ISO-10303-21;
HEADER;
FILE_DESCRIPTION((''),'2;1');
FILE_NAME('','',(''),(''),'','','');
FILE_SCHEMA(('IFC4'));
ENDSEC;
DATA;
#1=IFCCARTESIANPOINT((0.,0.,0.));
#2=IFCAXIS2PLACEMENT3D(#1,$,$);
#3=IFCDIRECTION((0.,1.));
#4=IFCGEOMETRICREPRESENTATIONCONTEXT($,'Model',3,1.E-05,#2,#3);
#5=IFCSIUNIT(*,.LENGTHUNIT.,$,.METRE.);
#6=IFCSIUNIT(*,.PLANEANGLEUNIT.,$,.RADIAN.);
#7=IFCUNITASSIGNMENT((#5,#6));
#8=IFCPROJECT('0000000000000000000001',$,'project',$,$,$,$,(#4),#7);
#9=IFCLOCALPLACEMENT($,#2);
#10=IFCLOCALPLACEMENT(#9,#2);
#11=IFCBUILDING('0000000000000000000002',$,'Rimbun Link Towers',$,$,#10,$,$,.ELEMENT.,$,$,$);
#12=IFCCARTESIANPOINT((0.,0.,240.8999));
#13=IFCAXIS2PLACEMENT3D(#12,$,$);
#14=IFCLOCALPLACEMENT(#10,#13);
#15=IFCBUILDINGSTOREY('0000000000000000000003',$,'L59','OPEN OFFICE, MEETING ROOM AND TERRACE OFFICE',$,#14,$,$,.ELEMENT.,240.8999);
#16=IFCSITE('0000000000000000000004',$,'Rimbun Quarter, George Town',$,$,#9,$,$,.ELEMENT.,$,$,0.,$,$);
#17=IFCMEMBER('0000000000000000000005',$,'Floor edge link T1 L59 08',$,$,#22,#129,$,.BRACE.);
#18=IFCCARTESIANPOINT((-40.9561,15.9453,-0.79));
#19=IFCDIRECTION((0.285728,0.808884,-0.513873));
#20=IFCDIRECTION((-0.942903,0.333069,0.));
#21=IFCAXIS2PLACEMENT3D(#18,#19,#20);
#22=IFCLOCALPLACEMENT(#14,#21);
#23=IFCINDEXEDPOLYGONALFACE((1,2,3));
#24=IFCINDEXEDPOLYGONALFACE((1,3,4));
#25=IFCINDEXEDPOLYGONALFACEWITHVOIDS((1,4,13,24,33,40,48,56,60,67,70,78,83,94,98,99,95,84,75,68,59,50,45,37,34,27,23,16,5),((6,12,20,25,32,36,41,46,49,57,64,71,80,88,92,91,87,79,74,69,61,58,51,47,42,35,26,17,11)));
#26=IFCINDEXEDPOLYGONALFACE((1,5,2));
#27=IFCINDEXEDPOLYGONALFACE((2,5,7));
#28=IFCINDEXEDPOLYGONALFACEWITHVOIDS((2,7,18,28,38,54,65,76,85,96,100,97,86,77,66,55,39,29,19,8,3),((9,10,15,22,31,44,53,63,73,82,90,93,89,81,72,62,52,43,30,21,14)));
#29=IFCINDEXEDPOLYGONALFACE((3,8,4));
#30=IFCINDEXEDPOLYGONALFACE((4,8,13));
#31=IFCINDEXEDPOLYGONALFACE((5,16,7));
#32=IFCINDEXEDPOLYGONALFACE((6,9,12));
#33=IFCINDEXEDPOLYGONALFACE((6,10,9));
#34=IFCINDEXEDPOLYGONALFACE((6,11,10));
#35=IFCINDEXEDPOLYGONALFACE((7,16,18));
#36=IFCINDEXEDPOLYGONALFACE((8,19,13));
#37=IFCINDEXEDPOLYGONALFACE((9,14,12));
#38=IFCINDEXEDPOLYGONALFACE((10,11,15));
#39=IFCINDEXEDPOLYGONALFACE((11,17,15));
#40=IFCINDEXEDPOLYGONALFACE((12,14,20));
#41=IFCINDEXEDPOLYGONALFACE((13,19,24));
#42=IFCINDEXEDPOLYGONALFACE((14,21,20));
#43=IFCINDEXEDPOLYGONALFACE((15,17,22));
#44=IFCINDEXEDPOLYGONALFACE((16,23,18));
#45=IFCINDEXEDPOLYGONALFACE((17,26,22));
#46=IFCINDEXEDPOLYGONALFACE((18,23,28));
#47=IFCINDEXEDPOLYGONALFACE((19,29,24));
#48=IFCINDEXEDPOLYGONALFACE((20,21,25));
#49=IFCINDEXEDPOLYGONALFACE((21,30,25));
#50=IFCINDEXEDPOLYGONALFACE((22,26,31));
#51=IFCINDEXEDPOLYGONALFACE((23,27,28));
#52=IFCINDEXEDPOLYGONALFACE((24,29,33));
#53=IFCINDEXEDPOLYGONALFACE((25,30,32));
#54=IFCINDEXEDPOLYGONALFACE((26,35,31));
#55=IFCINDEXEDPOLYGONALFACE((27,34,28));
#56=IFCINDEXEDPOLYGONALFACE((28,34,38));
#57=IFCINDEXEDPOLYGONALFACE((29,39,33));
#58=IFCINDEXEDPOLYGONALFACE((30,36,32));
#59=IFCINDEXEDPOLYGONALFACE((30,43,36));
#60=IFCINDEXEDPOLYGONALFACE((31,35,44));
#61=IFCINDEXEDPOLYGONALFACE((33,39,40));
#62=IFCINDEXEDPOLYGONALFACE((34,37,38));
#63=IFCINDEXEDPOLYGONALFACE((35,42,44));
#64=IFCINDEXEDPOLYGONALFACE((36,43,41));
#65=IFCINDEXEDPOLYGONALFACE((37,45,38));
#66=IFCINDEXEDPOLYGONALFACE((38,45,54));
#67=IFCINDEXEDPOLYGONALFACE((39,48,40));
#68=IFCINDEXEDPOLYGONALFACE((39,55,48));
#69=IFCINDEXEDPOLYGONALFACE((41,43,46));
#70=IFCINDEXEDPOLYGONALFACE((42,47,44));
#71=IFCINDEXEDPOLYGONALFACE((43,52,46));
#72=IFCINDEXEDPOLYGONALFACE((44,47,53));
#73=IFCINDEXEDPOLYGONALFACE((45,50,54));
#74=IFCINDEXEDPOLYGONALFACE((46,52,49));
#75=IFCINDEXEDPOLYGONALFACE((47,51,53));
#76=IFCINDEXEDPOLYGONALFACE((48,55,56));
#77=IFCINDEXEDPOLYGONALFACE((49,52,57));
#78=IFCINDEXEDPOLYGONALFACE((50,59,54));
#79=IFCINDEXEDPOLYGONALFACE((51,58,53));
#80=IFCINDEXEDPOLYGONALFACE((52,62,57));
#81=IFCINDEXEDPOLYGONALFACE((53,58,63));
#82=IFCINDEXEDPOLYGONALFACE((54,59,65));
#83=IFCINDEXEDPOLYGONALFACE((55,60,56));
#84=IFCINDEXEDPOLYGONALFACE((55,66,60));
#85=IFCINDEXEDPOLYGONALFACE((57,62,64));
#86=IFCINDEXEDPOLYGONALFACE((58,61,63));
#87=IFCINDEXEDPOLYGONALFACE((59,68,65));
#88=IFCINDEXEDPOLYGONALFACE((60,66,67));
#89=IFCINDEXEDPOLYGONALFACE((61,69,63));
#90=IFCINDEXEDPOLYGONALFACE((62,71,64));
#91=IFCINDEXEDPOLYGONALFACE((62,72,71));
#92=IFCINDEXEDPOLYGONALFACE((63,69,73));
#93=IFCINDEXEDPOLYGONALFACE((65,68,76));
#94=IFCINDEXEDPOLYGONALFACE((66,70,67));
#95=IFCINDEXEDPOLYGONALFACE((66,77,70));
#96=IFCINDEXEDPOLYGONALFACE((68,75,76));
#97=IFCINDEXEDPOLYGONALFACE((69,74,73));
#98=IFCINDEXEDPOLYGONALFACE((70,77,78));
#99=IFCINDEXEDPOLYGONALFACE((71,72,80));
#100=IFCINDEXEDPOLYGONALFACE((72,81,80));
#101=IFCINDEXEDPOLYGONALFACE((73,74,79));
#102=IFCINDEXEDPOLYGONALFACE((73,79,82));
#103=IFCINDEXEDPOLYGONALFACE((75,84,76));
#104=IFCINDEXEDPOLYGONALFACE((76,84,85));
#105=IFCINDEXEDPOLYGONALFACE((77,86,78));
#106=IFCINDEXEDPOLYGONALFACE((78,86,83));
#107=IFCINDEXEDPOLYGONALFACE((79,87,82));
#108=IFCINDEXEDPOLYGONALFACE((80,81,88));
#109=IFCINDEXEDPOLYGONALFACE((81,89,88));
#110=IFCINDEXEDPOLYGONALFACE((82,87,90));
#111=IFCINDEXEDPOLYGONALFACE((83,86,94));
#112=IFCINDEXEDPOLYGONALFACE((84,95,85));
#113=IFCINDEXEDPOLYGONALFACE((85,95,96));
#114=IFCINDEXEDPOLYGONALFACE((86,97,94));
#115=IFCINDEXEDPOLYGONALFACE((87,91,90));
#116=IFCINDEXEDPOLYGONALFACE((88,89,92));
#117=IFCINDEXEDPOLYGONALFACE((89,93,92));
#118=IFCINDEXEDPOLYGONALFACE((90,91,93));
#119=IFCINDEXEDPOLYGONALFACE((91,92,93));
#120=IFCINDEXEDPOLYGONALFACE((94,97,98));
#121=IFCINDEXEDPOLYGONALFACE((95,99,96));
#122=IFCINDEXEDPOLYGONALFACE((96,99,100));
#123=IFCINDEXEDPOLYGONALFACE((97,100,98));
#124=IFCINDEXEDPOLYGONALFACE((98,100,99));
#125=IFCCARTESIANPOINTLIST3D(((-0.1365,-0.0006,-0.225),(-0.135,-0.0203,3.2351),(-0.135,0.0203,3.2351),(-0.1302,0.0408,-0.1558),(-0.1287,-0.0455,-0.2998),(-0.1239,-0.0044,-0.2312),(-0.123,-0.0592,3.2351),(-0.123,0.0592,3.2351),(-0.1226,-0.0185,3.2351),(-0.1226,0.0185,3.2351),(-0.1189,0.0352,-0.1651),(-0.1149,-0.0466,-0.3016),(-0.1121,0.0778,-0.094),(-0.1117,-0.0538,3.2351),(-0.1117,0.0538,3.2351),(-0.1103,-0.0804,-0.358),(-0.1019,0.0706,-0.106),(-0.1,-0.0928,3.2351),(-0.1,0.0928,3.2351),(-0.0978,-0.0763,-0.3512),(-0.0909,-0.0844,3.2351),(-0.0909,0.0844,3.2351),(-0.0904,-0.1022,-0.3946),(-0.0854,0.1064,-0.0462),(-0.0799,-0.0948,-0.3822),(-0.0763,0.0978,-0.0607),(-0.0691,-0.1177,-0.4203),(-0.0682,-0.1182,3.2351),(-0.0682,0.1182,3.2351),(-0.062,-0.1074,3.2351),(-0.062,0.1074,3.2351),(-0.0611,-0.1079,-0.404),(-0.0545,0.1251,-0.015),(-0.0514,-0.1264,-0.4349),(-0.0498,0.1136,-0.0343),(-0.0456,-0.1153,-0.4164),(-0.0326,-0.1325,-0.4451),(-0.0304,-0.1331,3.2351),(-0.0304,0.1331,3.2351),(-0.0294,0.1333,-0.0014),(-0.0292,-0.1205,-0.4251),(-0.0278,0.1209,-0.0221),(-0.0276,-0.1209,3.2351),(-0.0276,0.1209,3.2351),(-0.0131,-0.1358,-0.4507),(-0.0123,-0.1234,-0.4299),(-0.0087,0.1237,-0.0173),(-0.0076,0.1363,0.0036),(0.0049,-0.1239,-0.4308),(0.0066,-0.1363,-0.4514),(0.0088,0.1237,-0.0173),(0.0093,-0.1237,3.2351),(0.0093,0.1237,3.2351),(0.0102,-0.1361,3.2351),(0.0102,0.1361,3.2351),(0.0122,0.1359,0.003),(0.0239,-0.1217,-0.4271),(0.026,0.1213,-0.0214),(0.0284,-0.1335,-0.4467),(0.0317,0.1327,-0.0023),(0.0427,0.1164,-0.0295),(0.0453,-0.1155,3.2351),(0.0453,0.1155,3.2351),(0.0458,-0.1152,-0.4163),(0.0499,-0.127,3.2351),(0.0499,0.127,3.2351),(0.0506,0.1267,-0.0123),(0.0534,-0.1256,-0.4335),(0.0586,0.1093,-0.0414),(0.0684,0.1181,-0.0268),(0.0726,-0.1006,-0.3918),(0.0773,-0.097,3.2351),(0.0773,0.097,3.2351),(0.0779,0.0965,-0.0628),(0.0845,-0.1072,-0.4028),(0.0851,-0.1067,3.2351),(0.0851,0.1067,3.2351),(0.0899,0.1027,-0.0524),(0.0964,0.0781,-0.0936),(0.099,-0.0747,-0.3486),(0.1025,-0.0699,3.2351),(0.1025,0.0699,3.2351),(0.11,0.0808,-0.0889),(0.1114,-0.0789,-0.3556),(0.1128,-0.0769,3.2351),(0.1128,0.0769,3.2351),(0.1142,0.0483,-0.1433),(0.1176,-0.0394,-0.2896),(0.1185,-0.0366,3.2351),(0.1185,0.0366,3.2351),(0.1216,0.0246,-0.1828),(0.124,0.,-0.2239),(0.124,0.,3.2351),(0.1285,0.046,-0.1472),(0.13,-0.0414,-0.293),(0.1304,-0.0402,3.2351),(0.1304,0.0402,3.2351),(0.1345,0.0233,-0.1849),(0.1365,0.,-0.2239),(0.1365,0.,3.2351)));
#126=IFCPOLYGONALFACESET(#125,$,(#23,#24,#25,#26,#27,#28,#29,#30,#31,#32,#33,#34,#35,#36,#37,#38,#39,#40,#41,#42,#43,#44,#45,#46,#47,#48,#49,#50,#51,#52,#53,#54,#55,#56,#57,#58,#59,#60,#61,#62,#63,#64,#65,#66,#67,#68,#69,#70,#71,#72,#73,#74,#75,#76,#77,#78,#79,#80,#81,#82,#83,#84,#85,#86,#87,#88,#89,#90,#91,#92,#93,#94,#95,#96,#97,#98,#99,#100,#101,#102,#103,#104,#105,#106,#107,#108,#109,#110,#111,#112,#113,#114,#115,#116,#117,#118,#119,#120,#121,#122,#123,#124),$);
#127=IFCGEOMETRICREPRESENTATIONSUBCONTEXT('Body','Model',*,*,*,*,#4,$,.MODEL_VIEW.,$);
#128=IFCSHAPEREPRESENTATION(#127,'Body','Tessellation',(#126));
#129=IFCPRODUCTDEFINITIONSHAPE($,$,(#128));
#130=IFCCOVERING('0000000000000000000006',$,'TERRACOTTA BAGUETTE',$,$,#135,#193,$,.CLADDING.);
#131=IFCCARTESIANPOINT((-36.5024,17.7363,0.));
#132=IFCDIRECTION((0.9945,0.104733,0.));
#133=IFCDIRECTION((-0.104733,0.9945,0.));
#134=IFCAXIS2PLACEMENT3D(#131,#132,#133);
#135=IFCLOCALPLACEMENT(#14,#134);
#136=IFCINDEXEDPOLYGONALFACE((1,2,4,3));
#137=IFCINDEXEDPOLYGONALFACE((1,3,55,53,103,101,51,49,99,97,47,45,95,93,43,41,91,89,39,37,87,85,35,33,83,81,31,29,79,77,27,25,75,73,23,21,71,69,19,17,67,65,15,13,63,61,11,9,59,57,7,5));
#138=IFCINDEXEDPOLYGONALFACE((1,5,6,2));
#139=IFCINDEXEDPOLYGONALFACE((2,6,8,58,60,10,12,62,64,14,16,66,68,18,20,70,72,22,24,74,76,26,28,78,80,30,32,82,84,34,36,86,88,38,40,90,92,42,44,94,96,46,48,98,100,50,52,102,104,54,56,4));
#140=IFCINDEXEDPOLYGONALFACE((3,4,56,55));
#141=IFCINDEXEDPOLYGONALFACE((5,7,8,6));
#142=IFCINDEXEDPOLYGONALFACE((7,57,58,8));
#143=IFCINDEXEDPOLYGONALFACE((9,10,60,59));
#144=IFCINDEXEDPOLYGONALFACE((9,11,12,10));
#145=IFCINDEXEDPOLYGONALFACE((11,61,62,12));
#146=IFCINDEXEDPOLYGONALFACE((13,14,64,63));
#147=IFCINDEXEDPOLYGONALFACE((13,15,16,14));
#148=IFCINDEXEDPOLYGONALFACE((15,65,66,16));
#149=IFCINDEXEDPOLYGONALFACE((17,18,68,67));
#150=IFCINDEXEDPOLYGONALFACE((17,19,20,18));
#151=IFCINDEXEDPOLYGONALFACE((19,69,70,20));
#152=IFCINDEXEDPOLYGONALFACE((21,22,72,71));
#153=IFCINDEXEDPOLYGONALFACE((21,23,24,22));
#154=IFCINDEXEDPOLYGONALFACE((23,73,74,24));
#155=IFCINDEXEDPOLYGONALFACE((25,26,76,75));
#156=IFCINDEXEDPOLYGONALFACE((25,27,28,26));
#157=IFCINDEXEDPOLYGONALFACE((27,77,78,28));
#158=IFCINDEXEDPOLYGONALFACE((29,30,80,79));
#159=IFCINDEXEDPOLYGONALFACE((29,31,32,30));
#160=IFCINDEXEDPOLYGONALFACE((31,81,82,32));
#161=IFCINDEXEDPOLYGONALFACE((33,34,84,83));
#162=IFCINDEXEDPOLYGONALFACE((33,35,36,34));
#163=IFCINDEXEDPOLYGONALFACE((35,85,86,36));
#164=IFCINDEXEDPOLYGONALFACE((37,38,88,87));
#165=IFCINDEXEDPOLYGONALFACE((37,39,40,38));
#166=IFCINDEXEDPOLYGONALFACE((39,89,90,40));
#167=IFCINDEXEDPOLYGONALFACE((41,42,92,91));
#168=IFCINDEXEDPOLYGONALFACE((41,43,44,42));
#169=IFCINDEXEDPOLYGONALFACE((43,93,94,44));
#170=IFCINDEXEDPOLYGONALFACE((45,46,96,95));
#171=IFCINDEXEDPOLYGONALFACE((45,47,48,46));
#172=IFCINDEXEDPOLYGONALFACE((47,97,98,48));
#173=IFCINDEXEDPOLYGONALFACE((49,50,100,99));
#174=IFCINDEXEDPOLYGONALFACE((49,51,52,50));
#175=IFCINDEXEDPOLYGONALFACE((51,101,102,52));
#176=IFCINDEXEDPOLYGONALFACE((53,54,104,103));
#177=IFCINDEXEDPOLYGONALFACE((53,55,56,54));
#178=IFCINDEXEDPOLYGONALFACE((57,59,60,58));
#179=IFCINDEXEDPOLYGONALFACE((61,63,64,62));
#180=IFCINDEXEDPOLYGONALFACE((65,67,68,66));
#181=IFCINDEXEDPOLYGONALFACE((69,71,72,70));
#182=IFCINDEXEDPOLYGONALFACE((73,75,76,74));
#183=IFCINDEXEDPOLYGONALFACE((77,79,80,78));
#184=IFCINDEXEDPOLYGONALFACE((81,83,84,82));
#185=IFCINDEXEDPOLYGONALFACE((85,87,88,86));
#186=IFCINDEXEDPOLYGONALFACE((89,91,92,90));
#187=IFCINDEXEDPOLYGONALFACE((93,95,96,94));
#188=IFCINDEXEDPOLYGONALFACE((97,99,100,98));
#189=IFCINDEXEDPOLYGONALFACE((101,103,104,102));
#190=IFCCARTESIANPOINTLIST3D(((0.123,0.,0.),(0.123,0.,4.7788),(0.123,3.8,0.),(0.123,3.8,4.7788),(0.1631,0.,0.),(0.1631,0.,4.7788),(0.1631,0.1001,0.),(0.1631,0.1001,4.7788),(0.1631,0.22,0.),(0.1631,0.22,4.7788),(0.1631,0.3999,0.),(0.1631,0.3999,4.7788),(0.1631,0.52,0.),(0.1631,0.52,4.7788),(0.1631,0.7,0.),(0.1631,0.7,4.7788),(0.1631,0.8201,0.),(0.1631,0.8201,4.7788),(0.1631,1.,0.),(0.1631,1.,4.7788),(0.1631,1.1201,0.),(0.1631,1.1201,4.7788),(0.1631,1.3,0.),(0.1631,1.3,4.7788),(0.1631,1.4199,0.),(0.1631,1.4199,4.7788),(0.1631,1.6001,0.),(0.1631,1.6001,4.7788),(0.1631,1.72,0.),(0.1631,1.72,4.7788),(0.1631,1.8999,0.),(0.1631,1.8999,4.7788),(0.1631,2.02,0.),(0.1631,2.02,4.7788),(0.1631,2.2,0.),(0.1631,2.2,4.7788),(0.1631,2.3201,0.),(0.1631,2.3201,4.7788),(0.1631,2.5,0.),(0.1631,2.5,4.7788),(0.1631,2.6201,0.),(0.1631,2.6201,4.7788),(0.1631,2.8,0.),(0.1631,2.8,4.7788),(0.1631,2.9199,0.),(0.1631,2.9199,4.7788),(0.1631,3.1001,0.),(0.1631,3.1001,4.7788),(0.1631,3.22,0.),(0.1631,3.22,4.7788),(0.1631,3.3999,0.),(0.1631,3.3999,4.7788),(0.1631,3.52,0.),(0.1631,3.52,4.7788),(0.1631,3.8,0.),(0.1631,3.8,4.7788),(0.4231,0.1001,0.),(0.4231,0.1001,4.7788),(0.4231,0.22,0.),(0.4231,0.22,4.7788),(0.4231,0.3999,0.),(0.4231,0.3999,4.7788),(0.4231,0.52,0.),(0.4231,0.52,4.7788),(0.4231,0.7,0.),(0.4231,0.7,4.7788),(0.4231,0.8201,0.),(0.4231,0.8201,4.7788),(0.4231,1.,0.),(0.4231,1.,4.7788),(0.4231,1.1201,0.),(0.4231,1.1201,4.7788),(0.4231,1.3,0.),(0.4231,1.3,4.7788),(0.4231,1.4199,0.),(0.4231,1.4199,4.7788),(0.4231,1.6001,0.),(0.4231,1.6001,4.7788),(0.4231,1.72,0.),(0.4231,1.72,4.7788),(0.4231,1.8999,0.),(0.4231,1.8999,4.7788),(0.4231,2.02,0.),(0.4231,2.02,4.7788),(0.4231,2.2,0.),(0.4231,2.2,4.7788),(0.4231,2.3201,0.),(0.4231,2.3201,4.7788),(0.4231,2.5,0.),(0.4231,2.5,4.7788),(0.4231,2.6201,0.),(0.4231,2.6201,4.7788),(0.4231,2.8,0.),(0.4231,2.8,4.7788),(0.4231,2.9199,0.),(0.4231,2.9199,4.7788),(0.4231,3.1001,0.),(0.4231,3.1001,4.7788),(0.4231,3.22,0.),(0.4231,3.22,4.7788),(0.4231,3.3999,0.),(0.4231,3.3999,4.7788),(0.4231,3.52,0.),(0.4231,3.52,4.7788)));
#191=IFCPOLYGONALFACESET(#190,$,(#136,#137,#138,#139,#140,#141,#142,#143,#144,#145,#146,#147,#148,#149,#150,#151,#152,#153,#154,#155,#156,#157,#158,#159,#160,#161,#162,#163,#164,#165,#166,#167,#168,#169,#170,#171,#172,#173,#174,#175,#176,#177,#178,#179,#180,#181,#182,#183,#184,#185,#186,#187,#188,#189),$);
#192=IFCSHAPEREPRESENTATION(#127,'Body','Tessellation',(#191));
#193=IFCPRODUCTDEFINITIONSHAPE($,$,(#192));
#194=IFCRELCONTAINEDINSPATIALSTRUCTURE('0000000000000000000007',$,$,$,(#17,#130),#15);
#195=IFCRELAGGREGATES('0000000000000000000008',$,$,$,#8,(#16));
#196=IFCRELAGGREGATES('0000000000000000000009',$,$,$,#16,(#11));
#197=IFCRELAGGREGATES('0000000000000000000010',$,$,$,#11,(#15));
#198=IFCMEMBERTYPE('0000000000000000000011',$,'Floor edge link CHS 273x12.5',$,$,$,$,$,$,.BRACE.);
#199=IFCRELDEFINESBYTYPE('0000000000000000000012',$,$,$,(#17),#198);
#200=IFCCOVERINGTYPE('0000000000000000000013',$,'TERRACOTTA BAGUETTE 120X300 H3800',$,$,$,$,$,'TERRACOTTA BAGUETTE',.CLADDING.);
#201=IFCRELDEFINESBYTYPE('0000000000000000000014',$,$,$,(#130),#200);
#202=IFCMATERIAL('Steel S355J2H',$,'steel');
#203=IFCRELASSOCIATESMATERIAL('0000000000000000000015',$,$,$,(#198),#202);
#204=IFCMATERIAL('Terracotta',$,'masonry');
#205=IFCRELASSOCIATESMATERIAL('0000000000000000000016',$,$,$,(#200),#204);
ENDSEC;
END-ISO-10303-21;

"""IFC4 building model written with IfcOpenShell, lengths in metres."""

from ifc_helpers import new_model, si_unit, direction, frame, origin, origin_2d, place, context, subcontext, project, spatial, polyline, hollow_circle, outline, extrude, clip, halfspace, material, material_profile, profile_set, type_object, element, save


model = new_model("IFC4")

# Units and contexts
model_context = context("Model", 3, precision=1e-05, world=origin(), true_north=direction((0.0, 1.0)))
body_context = subcontext(model_context, "Body", "Model", "MODEL_VIEW")
ifc_project = project(units=[si_unit("LENGTHUNIT", "METRE"), si_unit("PLANEANGLEUNIT", "RADIAN")], contexts=[model_context])

# Site, building, storey
site_placement = place(None, origin())
site = spatial("IfcSite", under=ifc_project, at=site_placement, Name="Rimbun Quarter, George Town", CompositionType="ELEMENT", RefElevation=0.0)
building_placement = place(site_placement, origin())
building = spatial("IfcBuilding", under=site, at=building_placement, Name="Rimbun Link Towers", CompositionType="ELEMENT")
storey_placement = place(building_placement, frame((0.0, 0.0, 240.8999)))
storey = spatial("IfcBuildingStorey", under=building, at=storey_placement, Name="L59", Description="OPEN OFFICE, MEETING ROOM AND TERRACE OFFICE", CompositionType="ELEMENT", Elevation=240.8999)

# Member
ifc_material_1 = material(Name="Steel S355J2H", Category="steel")
ifc_material_profile_1 = material_profile(ifc_material_1, hollow_circle(Radius=0.1365, WallThickness=0.0125, at=origin_2d()), Name="CHS 273x12.5")
ifc_profile_set_1 = profile_set([ifc_material_profile_1], Name="Steel S355J2H")
member_type_1 = type_object("IfcMemberType", Name="Floor edge link CHS 273x12.5", PredefinedType="BRACE", material=ifc_profile_set_1)
member_1_placement = place(storey_placement, frame((-40.9561, 15.9453, -0.79), z_axis=(0.285728, 0.808884, -0.513873), x_axis=(-0.942903, 0.333069, 0.0)))
element("IfcMember", 1, at=member_1_placement, inside=storey, type_object=member_type_1, Name="Floor edge link T1 L59 08", PredefinedType="BRACE", context=body_context, shape_type="Clipping", body=[
    clip(extrude(hollow_circle(Radius=0.1365, WallThickness=0.0125, at=origin_2d()), frame((0.0, 0.0, -0.4751)), (0.0, 0.0, 1.0), 3.7102), halfspace(frame((0.0, 0.0, -0.2239), z_axis=(0.0, 0.857866, -0.513873)), False)),
])

# Covering
ifc_material_2 = material(Name="Terracotta", Category="masonry")
ifc_material_profile_2 = material_profile(ifc_material_2, outline(polyline([(0.123, 0.0), (0.1631, 0.0), (0.1631, 0.1001), (0.4231, 0.1001), (0.4231, 0.22), (0.1631, 0.22), (0.1631, 0.3999), (0.4231, 0.3999), (0.4231, 0.52), (0.1631, 0.52), (0.1631, 0.7), (0.4231, 0.7), (0.4231, 0.8201), (0.1631, 0.8201), (0.1631, 1.0), (0.4231, 1.0), (0.4231, 1.1201), (0.1631, 1.1201), (0.1631, 1.3), (0.4231, 1.3), (0.4231, 1.4199), (0.1631, 1.4199), (0.1631, 1.6001), (0.4231, 1.6001), (0.4231, 1.72), (0.1631, 1.72), (0.1631, 1.8999), (0.4231, 1.8999), (0.4231, 2.02), (0.1631, 2.02), (0.1631, 2.2), (0.4231, 2.2), (0.4231, 2.3201), (0.1631, 2.3201), (0.1631, 2.5), (0.4231, 2.5), (0.4231, 2.6201), (0.1631, 2.6201), (0.1631, 2.8), (0.4231, 2.8), (0.4231, 2.9199), (0.1631, 2.9199), (0.1631, 3.1001), (0.4231, 3.1001), (0.4231, 3.22), (0.1631, 3.22), (0.1631, 3.3999), (0.4231, 3.3999), (0.4231, 3.52), (0.1631, 3.52), (0.1631, 3.8), (0.123, 3.8), (0.123, 0.0)])), Name="BAGUETTE 120X300")
ifc_profile_set_2 = profile_set([ifc_material_profile_2], Name="Terracotta")
covering_type = type_object("IfcCoveringType", Name="TERRACOTTA BAGUETTE 120X300 H3800", ElementType="TERRACOTTA BAGUETTE", PredefinedType="CLADDING", material=ifc_profile_set_2)
covering_1_placement = place(storey_placement, frame((-36.5024, 17.7363, 0.0), z_axis=(0.9945, 0.104733, 0.0), x_axis=(-0.104733, 0.9945, 0.0)))
element("IfcCovering", 2, at=covering_1_placement, inside=storey, type_object=covering_type, Name="TERRACOTTA BAGUETTE", PredefinedType="CLADDING", context=body_context, shape_type="SweptSolid", body=[
    extrude(outline(polyline([(0.123, 0.0), (0.1631, 0.0), (0.1631, 0.1001), (0.4231, 0.1001), (0.4231, 0.22), (0.1631, 0.22), (0.1631, 0.3999), (0.4231, 0.3999), (0.4231, 0.52), (0.1631, 0.52), (0.1631, 0.7), (0.4231, 0.7), (0.4231, 0.8201), (0.1631, 0.8201), (0.1631, 1.0), (0.4231, 1.0), (0.4231, 1.1201), (0.1631, 1.1201), (0.1631, 1.3), (0.4231, 1.3), (0.4231, 1.4199), (0.1631, 1.4199), (0.1631, 1.6001), (0.4231, 1.6001), (0.4231, 1.72), (0.1631, 1.72), (0.1631, 1.8999), (0.4231, 1.8999), (0.4231, 2.02), (0.1631, 2.02), (0.1631, 2.2), (0.4231, 2.2), (0.4231, 2.3201), (0.1631, 2.3201), (0.1631, 2.5), (0.4231, 2.5), (0.4231, 2.6201), (0.1631, 2.6201), (0.1631, 2.8), (0.4231, 2.8), (0.4231, 2.9199), (0.1631, 2.9199), (0.1631, 3.1001), (0.4231, 3.1001), (0.4231, 3.22), (0.1631, 3.22), (0.1631, 3.3999), (0.4231, 3.3999), (0.4231, 3.52), (0.1631, 3.52), (0.1631, 3.8), (0.123, 3.8), (0.123, 0.0)])), origin(), (0.0, 0.0, 1.0), 4.7788),
])

save(model, "model.ifc")
